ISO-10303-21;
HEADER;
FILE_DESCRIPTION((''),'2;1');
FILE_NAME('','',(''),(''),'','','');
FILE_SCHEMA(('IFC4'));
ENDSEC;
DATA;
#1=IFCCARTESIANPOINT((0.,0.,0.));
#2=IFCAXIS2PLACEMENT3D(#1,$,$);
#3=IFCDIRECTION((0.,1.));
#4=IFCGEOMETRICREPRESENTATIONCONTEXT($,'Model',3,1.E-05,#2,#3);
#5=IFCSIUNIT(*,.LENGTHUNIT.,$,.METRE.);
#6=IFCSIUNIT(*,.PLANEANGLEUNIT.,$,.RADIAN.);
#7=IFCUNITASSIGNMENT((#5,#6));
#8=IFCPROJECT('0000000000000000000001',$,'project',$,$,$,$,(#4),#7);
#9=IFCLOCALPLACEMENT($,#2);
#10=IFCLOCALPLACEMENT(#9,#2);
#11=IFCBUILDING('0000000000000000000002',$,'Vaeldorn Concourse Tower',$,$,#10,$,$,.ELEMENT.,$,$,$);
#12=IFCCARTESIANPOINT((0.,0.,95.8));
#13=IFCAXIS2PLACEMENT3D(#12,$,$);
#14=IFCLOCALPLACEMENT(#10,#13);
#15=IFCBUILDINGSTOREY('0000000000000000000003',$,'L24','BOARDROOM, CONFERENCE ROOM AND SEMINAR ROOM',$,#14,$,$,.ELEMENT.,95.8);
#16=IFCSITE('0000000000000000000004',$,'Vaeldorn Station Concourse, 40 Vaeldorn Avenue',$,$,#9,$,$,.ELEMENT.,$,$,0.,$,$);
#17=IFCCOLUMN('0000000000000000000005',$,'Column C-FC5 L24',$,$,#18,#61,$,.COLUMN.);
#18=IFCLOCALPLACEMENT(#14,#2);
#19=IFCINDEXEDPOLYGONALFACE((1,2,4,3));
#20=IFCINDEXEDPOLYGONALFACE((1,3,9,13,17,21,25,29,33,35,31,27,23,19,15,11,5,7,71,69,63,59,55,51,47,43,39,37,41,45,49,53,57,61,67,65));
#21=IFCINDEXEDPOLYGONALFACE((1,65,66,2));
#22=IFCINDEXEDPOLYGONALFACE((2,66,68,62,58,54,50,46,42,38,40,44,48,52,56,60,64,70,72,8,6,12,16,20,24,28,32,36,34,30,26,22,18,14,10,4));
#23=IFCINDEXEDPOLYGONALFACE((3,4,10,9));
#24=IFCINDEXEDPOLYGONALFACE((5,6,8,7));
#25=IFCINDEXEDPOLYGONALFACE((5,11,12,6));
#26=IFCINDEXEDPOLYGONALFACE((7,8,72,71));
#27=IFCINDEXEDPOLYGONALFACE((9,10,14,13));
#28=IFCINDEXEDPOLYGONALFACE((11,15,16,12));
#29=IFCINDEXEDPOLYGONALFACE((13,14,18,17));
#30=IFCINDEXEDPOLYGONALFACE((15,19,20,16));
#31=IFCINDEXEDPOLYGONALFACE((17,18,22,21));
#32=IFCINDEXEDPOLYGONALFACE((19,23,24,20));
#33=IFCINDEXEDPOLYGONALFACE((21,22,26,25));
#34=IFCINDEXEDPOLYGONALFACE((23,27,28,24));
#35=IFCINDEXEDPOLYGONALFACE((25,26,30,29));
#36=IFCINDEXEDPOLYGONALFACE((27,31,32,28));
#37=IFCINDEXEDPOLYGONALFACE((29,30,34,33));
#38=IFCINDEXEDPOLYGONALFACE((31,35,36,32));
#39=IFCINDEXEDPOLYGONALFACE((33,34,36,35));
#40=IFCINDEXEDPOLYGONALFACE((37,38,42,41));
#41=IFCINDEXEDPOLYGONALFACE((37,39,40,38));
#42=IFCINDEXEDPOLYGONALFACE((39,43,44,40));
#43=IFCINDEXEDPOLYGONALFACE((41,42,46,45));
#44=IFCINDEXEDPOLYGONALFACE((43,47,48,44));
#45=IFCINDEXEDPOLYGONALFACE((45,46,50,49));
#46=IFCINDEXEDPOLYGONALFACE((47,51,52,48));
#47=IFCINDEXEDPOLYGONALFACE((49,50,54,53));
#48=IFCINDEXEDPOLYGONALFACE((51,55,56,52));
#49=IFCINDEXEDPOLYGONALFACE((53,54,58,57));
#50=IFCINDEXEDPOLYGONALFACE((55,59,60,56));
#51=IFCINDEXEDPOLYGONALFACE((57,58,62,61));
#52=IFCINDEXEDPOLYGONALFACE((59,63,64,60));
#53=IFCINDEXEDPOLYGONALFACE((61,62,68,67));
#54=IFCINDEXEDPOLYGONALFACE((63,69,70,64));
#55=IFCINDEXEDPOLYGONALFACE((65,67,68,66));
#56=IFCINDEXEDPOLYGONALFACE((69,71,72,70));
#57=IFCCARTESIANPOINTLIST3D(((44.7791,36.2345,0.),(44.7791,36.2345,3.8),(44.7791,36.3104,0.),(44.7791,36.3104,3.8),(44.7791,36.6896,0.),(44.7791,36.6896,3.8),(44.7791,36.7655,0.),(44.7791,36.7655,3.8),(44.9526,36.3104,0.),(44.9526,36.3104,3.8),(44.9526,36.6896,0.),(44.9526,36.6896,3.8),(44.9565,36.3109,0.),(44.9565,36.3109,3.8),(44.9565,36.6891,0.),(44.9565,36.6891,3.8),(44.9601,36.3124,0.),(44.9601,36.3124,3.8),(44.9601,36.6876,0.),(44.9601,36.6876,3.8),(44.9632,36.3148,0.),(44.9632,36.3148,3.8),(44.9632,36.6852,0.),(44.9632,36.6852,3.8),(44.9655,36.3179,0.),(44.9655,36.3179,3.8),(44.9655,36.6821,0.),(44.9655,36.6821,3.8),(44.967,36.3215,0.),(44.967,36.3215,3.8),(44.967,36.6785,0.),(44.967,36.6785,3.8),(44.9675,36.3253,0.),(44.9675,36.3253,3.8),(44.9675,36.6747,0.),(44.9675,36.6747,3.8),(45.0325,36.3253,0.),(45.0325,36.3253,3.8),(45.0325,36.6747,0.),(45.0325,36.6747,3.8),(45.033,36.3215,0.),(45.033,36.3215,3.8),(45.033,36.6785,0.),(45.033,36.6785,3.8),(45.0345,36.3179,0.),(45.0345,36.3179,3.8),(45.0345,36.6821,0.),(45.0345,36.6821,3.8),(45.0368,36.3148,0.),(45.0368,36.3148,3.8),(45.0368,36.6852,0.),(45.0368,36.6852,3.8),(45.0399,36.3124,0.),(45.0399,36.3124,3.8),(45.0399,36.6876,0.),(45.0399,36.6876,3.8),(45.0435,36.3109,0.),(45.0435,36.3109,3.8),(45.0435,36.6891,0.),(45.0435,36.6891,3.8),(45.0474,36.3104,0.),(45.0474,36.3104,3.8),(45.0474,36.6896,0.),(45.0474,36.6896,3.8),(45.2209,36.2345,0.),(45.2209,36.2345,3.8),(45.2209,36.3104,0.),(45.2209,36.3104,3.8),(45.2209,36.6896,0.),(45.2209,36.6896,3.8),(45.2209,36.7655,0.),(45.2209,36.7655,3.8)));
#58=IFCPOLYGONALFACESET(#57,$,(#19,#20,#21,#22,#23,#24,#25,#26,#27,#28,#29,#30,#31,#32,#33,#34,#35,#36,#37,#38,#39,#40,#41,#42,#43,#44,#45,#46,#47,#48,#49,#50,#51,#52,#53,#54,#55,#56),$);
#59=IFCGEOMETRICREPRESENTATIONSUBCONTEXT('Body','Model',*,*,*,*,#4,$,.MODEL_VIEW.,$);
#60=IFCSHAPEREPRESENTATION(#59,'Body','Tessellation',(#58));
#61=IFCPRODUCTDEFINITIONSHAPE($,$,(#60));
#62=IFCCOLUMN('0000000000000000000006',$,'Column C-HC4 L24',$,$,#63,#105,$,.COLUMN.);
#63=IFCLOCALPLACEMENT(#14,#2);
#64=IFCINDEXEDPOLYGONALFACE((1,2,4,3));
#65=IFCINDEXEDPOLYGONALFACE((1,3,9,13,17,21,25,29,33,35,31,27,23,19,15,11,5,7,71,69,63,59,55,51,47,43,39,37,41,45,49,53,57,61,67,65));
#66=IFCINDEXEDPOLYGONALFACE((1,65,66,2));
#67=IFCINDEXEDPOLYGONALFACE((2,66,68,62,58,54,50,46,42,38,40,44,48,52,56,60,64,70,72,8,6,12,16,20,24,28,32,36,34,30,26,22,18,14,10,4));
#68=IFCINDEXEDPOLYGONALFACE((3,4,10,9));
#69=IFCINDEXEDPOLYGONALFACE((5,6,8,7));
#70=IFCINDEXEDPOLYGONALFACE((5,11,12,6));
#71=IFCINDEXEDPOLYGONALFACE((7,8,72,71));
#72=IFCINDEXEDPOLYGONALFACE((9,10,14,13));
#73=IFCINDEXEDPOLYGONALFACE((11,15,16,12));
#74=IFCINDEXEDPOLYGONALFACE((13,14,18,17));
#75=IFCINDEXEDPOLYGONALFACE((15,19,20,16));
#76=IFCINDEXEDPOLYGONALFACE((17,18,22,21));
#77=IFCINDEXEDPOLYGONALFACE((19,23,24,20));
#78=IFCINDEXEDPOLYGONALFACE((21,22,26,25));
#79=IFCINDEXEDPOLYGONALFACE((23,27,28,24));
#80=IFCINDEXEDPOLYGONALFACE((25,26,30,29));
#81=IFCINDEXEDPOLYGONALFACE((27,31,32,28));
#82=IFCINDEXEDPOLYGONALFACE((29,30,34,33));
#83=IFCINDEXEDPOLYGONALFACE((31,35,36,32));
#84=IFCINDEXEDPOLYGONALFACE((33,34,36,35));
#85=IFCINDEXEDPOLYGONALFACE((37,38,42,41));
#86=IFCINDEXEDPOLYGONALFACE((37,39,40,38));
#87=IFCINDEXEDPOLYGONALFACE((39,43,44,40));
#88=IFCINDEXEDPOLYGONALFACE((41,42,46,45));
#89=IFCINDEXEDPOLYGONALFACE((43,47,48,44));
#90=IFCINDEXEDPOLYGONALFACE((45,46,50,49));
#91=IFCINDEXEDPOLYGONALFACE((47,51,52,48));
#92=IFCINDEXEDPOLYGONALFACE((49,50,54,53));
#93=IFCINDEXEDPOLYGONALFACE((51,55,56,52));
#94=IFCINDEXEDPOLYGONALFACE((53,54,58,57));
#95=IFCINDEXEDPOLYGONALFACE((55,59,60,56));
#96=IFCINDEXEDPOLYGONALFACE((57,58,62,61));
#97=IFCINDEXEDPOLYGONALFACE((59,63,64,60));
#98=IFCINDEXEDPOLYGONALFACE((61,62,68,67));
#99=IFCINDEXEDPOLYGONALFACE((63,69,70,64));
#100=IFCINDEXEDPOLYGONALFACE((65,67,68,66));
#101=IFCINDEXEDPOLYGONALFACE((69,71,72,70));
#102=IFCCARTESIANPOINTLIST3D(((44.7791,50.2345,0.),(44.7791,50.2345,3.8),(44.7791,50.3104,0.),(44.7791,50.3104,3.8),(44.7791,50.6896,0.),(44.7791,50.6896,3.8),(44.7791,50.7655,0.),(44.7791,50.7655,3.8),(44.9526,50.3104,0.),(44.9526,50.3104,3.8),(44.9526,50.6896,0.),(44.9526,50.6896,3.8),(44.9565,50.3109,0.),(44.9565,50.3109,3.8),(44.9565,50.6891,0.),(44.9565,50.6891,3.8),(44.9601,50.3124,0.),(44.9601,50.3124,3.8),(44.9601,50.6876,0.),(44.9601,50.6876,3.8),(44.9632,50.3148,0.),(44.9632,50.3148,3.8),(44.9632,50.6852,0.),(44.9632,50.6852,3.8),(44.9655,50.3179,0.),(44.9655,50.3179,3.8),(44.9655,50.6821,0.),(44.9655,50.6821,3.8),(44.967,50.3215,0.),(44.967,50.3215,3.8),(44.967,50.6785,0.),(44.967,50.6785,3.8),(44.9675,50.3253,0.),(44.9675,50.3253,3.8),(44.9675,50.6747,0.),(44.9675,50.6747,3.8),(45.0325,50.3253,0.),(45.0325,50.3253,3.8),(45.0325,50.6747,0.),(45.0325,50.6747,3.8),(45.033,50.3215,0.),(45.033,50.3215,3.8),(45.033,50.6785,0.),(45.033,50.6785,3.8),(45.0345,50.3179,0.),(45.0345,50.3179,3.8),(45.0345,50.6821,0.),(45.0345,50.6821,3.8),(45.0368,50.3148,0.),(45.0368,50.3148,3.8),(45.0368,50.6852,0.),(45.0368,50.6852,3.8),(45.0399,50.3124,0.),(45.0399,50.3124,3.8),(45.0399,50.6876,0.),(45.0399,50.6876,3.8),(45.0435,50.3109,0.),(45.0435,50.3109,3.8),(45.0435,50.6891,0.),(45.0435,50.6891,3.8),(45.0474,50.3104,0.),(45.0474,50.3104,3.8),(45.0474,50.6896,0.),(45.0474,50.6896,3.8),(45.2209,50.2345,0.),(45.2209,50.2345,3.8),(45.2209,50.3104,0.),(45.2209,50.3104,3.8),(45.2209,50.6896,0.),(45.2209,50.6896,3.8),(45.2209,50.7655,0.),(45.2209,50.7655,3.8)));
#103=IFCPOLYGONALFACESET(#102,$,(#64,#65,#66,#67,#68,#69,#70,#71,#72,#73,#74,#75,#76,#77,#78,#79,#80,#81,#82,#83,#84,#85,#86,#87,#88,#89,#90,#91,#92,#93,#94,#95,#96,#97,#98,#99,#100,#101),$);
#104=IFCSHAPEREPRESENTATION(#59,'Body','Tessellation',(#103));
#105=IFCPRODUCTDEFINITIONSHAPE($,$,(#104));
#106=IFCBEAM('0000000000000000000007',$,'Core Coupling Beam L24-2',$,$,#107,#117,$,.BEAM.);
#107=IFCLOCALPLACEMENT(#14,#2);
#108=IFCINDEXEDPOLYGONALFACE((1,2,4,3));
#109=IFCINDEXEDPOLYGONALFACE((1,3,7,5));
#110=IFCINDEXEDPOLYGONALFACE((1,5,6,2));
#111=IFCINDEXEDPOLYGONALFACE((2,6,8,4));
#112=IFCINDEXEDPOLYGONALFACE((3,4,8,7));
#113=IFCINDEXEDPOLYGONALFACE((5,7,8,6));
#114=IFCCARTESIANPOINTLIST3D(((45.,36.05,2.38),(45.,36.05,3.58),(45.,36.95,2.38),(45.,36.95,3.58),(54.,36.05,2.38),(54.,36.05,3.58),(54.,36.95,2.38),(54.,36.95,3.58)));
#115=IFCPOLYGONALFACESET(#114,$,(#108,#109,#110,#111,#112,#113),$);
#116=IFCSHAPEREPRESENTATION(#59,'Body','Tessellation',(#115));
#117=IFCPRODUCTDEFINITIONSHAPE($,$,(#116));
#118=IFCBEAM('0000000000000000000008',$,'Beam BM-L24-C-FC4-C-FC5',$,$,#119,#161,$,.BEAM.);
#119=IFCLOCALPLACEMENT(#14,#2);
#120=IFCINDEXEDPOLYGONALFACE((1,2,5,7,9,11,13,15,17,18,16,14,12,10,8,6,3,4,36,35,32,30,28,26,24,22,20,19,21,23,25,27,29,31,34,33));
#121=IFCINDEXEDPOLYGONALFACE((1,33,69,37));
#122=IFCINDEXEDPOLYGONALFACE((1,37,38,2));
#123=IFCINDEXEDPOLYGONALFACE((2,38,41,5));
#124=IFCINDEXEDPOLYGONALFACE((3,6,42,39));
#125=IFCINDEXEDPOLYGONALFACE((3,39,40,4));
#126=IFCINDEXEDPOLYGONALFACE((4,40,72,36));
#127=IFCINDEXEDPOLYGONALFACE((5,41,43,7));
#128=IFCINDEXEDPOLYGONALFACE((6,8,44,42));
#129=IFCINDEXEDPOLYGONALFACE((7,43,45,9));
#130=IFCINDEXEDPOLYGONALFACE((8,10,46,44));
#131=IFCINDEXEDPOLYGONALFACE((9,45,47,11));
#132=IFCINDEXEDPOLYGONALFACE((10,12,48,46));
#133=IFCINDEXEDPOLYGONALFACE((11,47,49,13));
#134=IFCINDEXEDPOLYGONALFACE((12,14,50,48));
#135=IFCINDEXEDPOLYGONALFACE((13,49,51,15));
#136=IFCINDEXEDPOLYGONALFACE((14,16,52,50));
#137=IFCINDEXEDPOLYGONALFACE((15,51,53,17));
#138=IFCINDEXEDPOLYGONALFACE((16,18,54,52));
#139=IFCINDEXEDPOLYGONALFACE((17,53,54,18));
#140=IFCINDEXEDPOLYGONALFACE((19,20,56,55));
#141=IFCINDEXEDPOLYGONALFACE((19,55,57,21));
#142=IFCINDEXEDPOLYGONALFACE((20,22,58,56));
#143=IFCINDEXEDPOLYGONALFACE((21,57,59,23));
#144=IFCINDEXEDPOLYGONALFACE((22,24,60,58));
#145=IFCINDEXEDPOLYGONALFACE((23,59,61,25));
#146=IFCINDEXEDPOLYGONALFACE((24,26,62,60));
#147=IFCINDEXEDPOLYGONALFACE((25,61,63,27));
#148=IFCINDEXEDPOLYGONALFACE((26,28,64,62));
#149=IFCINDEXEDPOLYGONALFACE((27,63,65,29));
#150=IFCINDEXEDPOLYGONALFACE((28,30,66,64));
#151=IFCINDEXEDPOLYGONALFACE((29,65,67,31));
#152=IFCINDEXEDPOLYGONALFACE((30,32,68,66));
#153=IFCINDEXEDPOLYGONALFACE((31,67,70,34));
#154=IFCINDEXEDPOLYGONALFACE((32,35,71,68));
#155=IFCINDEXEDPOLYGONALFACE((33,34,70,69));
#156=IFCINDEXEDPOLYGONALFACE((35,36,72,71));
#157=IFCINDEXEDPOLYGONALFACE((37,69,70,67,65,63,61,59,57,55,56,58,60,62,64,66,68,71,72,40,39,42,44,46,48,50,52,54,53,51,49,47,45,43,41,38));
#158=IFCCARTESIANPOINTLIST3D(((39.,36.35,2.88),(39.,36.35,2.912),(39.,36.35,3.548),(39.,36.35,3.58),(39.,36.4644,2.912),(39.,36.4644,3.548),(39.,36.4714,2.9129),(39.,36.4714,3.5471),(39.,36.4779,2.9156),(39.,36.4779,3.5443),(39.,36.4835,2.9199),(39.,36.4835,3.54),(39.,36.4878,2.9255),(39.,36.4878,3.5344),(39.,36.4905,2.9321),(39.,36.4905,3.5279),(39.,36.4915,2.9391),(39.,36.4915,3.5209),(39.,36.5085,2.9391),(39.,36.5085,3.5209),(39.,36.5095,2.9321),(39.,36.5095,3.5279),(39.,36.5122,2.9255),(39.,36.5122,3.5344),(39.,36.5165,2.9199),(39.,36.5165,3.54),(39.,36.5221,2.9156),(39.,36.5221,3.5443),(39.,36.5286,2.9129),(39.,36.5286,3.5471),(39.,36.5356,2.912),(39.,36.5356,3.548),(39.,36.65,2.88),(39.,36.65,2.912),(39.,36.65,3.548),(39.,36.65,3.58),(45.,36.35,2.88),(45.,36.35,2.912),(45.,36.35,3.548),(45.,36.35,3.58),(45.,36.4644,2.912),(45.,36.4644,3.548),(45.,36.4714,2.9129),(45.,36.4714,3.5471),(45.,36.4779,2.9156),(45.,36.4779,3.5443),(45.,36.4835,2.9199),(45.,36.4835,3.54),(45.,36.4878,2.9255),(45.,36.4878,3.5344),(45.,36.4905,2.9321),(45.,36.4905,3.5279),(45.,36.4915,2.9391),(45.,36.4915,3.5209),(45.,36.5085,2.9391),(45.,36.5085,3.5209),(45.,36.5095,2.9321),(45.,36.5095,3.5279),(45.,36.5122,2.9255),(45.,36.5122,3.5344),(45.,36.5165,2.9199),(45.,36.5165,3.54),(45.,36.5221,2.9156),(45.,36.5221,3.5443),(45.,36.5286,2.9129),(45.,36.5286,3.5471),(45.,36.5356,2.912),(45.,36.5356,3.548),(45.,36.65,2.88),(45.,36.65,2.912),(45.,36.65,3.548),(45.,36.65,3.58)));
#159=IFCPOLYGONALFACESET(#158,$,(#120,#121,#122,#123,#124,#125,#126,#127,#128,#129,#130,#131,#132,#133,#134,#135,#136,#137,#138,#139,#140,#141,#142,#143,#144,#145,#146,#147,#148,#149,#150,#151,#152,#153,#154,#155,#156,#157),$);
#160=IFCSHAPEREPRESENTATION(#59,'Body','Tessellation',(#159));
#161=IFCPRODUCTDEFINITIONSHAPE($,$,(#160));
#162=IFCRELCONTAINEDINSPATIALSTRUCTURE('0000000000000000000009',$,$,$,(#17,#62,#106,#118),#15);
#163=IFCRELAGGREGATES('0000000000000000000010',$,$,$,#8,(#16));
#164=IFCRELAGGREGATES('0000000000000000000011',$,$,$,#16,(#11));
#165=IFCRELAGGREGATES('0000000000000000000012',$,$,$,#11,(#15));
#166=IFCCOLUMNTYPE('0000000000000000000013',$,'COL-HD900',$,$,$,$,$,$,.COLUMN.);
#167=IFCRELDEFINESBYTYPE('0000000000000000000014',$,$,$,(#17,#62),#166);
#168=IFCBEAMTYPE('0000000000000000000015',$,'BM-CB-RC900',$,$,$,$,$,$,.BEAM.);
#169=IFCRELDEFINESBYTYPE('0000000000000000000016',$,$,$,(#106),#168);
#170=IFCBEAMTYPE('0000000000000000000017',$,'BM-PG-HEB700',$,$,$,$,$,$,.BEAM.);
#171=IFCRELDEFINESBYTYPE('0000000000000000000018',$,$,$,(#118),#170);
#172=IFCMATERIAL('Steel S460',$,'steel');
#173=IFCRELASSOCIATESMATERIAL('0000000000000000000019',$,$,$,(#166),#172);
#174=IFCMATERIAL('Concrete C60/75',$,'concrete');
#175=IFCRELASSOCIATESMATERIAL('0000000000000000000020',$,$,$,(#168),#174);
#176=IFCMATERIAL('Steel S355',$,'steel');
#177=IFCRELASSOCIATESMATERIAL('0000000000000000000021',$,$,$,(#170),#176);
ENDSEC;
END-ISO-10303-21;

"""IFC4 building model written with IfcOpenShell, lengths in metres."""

from ifc_helpers import new_model, si_unit, direction, frame, origin, origin_2d, place, context, subcontext, project, spatial, rectangle, i_section, extrude, source, transform, mapped, material, material_profile, profile_set, type_object, element, save


model = new_model("IFC4")

# Units and contexts
model_context = context("Model", 3, precision=1e-05, world=origin(), true_north=direction((0.0, 1.0)))
body_context = subcontext(model_context, "Body", "Model", "MODEL_VIEW")
ifc_project = project(units=[si_unit("LENGTHUNIT", "METRE"), si_unit("PLANEANGLEUNIT", "RADIAN")], contexts=[model_context])

# Site, building, storey
site_placement = place(None, origin())
site = spatial("IfcSite", under=ifc_project, at=site_placement, Name="Vaeldorn Station Concourse, 40 Vaeldorn Avenue", CompositionType="ELEMENT", RefElevation=0.0)
building_placement = place(site_placement, origin())
building = spatial("IfcBuilding", under=site, at=building_placement, Name="Vaeldorn Concourse Tower", CompositionType="ELEMENT")
storey_placement = place(building_placement, frame((0.0, 0.0, 95.8)))
storey = spatial("IfcBuildingStorey", under=building, at=storey_placement, Name="L24", Description="BOARDROOM, CONFERENCE ROOM AND SEMINAR ROOM", CompositionType="ELEMENT", Elevation=95.8)

# Columns
ifc_material_1 = material(Name="Steel S460", Category="steel")
ifc_material_profile_1 = material_profile(ifc_material_1, i_section(OverallWidth=0.4419, OverallDepth=0.531, WebThickness=0.0649, FlangeThickness=0.0759, FilletRadius=0.0149, at=origin_2d()), Name="HD 400x900")
ifc_profile_set_1 = profile_set([ifc_material_profile_1], Name="Steel S460")
column_type = type_object("IfcColumnType", Name="COL-HD900", PredefinedType="COLUMN", material=ifc_profile_set_1)
shared_shape_1 = source(origin(), body_context, "Body", "SweptSolid", [
    extrude(i_section(OverallWidth=0.4419, OverallDepth=0.531, WebThickness=0.0649, FlangeThickness=0.0759, FilletRadius=0.0149, at=origin_2d()), origin(), (0.0, 0.0, 1.0), 3.8),
])
for number, where, z_axis, x_axis, name in (
    (1, (45.0, 36.5, 0.0), (0.0, 0.0, 1.0), (1.0, 0.0, 0.0), "Column C-FC5 L24"),
    (2, (45.0, 50.5, 0.0), (0.0, 0.0, 1.0), (1.0, 0.0, 0.0), "Column C-HC4 L24"),
):
    element("IfcColumn", number, at=place(storey_placement, frame(where, z_axis=z_axis, x_axis=x_axis)), inside=storey, type_object=column_type, Name=name, PredefinedType="COLUMN", context=body_context, shape_type="MappedRepresentation", body=[
        mapped(shared_shape_1, transform((0.0, 0.0, 0.0), scale=1.0)),
    ])

# Beams
ifc_material_2 = material(Name="Concrete C60/75", Category="concrete")
ifc_material_profile_2 = material_profile(ifc_material_2, rectangle(XDim=0.8999, YDim=1.2, at=origin_2d()), Name="RC 900x1200")
ifc_profile_set_2 = profile_set([ifc_material_profile_2], Name="Concrete C60/75")
beam_type_1 = type_object("IfcBeamType", Name="BM-CB-RC900", PredefinedType="BEAM", material=ifc_profile_set_2)
shared_shape_2 = source(origin(), body_context, "Body", "SweptSolid", [
    extrude(rectangle(XDim=0.8999, YDim=1.2, at=origin_2d()), origin(), (0.0, 0.0, 1.0), 9.0),
])
beam_1_placement = place(storey_placement, frame((45.0, 36.5, 2.98), z_axis=(1.0, 0.0, 0.0), x_axis=(0.0, 1.0, 0.0)))
element("IfcBeam", 3, at=beam_1_placement, inside=storey, type_object=beam_type_1, Name="Core Coupling Beam L24-2", PredefinedType="BEAM", context=body_context, shape_type="MappedRepresentation", body=[
    mapped(shared_shape_2, transform((0.0, 0.0, 0.0), scale=1.0)),
])
ifc_material_3 = material(Name="Steel S355", Category="steel")
ifc_material_profile_3 = material_profile(ifc_material_3, i_section(OverallWidth=0.3, OverallDepth=0.7, WebThickness=0.0171, FlangeThickness=0.032, FilletRadius=0.0271, at=origin_2d()), Name="HEB 700")
ifc_profile_set_3 = profile_set([ifc_material_profile_3], Name="Steel S355")
beam_type_2 = type_object("IfcBeamType", Name="BM-PG-HEB700", PredefinedType="BEAM", material=ifc_profile_set_3)
shared_shape_3 = source(origin(), body_context, "Body", "SweptSolid", [
    extrude(i_section(OverallWidth=0.3, OverallDepth=0.7, WebThickness=0.0171, FlangeThickness=0.032, FilletRadius=0.0271, at=origin_2d()), origin(), (0.0, 0.0, 1.0), 6.0),
])
beam_2_placement = place(storey_placement, frame((39.0, 36.5, 3.23), z_axis=(1.0, 0.0, 0.0), x_axis=(0.0, 1.0, 0.0)))
element("IfcBeam", 4, at=beam_2_placement, inside=storey, type_object=beam_type_2, Name="Beam BM-L24-C-FC4-C-FC5", PredefinedType="BEAM", context=body_context, shape_type="MappedRepresentation", body=[
    mapped(shared_shape_3, transform((0.0, 0.0, 0.0), scale=1.0)),
])

save(model, "model.ifc")
